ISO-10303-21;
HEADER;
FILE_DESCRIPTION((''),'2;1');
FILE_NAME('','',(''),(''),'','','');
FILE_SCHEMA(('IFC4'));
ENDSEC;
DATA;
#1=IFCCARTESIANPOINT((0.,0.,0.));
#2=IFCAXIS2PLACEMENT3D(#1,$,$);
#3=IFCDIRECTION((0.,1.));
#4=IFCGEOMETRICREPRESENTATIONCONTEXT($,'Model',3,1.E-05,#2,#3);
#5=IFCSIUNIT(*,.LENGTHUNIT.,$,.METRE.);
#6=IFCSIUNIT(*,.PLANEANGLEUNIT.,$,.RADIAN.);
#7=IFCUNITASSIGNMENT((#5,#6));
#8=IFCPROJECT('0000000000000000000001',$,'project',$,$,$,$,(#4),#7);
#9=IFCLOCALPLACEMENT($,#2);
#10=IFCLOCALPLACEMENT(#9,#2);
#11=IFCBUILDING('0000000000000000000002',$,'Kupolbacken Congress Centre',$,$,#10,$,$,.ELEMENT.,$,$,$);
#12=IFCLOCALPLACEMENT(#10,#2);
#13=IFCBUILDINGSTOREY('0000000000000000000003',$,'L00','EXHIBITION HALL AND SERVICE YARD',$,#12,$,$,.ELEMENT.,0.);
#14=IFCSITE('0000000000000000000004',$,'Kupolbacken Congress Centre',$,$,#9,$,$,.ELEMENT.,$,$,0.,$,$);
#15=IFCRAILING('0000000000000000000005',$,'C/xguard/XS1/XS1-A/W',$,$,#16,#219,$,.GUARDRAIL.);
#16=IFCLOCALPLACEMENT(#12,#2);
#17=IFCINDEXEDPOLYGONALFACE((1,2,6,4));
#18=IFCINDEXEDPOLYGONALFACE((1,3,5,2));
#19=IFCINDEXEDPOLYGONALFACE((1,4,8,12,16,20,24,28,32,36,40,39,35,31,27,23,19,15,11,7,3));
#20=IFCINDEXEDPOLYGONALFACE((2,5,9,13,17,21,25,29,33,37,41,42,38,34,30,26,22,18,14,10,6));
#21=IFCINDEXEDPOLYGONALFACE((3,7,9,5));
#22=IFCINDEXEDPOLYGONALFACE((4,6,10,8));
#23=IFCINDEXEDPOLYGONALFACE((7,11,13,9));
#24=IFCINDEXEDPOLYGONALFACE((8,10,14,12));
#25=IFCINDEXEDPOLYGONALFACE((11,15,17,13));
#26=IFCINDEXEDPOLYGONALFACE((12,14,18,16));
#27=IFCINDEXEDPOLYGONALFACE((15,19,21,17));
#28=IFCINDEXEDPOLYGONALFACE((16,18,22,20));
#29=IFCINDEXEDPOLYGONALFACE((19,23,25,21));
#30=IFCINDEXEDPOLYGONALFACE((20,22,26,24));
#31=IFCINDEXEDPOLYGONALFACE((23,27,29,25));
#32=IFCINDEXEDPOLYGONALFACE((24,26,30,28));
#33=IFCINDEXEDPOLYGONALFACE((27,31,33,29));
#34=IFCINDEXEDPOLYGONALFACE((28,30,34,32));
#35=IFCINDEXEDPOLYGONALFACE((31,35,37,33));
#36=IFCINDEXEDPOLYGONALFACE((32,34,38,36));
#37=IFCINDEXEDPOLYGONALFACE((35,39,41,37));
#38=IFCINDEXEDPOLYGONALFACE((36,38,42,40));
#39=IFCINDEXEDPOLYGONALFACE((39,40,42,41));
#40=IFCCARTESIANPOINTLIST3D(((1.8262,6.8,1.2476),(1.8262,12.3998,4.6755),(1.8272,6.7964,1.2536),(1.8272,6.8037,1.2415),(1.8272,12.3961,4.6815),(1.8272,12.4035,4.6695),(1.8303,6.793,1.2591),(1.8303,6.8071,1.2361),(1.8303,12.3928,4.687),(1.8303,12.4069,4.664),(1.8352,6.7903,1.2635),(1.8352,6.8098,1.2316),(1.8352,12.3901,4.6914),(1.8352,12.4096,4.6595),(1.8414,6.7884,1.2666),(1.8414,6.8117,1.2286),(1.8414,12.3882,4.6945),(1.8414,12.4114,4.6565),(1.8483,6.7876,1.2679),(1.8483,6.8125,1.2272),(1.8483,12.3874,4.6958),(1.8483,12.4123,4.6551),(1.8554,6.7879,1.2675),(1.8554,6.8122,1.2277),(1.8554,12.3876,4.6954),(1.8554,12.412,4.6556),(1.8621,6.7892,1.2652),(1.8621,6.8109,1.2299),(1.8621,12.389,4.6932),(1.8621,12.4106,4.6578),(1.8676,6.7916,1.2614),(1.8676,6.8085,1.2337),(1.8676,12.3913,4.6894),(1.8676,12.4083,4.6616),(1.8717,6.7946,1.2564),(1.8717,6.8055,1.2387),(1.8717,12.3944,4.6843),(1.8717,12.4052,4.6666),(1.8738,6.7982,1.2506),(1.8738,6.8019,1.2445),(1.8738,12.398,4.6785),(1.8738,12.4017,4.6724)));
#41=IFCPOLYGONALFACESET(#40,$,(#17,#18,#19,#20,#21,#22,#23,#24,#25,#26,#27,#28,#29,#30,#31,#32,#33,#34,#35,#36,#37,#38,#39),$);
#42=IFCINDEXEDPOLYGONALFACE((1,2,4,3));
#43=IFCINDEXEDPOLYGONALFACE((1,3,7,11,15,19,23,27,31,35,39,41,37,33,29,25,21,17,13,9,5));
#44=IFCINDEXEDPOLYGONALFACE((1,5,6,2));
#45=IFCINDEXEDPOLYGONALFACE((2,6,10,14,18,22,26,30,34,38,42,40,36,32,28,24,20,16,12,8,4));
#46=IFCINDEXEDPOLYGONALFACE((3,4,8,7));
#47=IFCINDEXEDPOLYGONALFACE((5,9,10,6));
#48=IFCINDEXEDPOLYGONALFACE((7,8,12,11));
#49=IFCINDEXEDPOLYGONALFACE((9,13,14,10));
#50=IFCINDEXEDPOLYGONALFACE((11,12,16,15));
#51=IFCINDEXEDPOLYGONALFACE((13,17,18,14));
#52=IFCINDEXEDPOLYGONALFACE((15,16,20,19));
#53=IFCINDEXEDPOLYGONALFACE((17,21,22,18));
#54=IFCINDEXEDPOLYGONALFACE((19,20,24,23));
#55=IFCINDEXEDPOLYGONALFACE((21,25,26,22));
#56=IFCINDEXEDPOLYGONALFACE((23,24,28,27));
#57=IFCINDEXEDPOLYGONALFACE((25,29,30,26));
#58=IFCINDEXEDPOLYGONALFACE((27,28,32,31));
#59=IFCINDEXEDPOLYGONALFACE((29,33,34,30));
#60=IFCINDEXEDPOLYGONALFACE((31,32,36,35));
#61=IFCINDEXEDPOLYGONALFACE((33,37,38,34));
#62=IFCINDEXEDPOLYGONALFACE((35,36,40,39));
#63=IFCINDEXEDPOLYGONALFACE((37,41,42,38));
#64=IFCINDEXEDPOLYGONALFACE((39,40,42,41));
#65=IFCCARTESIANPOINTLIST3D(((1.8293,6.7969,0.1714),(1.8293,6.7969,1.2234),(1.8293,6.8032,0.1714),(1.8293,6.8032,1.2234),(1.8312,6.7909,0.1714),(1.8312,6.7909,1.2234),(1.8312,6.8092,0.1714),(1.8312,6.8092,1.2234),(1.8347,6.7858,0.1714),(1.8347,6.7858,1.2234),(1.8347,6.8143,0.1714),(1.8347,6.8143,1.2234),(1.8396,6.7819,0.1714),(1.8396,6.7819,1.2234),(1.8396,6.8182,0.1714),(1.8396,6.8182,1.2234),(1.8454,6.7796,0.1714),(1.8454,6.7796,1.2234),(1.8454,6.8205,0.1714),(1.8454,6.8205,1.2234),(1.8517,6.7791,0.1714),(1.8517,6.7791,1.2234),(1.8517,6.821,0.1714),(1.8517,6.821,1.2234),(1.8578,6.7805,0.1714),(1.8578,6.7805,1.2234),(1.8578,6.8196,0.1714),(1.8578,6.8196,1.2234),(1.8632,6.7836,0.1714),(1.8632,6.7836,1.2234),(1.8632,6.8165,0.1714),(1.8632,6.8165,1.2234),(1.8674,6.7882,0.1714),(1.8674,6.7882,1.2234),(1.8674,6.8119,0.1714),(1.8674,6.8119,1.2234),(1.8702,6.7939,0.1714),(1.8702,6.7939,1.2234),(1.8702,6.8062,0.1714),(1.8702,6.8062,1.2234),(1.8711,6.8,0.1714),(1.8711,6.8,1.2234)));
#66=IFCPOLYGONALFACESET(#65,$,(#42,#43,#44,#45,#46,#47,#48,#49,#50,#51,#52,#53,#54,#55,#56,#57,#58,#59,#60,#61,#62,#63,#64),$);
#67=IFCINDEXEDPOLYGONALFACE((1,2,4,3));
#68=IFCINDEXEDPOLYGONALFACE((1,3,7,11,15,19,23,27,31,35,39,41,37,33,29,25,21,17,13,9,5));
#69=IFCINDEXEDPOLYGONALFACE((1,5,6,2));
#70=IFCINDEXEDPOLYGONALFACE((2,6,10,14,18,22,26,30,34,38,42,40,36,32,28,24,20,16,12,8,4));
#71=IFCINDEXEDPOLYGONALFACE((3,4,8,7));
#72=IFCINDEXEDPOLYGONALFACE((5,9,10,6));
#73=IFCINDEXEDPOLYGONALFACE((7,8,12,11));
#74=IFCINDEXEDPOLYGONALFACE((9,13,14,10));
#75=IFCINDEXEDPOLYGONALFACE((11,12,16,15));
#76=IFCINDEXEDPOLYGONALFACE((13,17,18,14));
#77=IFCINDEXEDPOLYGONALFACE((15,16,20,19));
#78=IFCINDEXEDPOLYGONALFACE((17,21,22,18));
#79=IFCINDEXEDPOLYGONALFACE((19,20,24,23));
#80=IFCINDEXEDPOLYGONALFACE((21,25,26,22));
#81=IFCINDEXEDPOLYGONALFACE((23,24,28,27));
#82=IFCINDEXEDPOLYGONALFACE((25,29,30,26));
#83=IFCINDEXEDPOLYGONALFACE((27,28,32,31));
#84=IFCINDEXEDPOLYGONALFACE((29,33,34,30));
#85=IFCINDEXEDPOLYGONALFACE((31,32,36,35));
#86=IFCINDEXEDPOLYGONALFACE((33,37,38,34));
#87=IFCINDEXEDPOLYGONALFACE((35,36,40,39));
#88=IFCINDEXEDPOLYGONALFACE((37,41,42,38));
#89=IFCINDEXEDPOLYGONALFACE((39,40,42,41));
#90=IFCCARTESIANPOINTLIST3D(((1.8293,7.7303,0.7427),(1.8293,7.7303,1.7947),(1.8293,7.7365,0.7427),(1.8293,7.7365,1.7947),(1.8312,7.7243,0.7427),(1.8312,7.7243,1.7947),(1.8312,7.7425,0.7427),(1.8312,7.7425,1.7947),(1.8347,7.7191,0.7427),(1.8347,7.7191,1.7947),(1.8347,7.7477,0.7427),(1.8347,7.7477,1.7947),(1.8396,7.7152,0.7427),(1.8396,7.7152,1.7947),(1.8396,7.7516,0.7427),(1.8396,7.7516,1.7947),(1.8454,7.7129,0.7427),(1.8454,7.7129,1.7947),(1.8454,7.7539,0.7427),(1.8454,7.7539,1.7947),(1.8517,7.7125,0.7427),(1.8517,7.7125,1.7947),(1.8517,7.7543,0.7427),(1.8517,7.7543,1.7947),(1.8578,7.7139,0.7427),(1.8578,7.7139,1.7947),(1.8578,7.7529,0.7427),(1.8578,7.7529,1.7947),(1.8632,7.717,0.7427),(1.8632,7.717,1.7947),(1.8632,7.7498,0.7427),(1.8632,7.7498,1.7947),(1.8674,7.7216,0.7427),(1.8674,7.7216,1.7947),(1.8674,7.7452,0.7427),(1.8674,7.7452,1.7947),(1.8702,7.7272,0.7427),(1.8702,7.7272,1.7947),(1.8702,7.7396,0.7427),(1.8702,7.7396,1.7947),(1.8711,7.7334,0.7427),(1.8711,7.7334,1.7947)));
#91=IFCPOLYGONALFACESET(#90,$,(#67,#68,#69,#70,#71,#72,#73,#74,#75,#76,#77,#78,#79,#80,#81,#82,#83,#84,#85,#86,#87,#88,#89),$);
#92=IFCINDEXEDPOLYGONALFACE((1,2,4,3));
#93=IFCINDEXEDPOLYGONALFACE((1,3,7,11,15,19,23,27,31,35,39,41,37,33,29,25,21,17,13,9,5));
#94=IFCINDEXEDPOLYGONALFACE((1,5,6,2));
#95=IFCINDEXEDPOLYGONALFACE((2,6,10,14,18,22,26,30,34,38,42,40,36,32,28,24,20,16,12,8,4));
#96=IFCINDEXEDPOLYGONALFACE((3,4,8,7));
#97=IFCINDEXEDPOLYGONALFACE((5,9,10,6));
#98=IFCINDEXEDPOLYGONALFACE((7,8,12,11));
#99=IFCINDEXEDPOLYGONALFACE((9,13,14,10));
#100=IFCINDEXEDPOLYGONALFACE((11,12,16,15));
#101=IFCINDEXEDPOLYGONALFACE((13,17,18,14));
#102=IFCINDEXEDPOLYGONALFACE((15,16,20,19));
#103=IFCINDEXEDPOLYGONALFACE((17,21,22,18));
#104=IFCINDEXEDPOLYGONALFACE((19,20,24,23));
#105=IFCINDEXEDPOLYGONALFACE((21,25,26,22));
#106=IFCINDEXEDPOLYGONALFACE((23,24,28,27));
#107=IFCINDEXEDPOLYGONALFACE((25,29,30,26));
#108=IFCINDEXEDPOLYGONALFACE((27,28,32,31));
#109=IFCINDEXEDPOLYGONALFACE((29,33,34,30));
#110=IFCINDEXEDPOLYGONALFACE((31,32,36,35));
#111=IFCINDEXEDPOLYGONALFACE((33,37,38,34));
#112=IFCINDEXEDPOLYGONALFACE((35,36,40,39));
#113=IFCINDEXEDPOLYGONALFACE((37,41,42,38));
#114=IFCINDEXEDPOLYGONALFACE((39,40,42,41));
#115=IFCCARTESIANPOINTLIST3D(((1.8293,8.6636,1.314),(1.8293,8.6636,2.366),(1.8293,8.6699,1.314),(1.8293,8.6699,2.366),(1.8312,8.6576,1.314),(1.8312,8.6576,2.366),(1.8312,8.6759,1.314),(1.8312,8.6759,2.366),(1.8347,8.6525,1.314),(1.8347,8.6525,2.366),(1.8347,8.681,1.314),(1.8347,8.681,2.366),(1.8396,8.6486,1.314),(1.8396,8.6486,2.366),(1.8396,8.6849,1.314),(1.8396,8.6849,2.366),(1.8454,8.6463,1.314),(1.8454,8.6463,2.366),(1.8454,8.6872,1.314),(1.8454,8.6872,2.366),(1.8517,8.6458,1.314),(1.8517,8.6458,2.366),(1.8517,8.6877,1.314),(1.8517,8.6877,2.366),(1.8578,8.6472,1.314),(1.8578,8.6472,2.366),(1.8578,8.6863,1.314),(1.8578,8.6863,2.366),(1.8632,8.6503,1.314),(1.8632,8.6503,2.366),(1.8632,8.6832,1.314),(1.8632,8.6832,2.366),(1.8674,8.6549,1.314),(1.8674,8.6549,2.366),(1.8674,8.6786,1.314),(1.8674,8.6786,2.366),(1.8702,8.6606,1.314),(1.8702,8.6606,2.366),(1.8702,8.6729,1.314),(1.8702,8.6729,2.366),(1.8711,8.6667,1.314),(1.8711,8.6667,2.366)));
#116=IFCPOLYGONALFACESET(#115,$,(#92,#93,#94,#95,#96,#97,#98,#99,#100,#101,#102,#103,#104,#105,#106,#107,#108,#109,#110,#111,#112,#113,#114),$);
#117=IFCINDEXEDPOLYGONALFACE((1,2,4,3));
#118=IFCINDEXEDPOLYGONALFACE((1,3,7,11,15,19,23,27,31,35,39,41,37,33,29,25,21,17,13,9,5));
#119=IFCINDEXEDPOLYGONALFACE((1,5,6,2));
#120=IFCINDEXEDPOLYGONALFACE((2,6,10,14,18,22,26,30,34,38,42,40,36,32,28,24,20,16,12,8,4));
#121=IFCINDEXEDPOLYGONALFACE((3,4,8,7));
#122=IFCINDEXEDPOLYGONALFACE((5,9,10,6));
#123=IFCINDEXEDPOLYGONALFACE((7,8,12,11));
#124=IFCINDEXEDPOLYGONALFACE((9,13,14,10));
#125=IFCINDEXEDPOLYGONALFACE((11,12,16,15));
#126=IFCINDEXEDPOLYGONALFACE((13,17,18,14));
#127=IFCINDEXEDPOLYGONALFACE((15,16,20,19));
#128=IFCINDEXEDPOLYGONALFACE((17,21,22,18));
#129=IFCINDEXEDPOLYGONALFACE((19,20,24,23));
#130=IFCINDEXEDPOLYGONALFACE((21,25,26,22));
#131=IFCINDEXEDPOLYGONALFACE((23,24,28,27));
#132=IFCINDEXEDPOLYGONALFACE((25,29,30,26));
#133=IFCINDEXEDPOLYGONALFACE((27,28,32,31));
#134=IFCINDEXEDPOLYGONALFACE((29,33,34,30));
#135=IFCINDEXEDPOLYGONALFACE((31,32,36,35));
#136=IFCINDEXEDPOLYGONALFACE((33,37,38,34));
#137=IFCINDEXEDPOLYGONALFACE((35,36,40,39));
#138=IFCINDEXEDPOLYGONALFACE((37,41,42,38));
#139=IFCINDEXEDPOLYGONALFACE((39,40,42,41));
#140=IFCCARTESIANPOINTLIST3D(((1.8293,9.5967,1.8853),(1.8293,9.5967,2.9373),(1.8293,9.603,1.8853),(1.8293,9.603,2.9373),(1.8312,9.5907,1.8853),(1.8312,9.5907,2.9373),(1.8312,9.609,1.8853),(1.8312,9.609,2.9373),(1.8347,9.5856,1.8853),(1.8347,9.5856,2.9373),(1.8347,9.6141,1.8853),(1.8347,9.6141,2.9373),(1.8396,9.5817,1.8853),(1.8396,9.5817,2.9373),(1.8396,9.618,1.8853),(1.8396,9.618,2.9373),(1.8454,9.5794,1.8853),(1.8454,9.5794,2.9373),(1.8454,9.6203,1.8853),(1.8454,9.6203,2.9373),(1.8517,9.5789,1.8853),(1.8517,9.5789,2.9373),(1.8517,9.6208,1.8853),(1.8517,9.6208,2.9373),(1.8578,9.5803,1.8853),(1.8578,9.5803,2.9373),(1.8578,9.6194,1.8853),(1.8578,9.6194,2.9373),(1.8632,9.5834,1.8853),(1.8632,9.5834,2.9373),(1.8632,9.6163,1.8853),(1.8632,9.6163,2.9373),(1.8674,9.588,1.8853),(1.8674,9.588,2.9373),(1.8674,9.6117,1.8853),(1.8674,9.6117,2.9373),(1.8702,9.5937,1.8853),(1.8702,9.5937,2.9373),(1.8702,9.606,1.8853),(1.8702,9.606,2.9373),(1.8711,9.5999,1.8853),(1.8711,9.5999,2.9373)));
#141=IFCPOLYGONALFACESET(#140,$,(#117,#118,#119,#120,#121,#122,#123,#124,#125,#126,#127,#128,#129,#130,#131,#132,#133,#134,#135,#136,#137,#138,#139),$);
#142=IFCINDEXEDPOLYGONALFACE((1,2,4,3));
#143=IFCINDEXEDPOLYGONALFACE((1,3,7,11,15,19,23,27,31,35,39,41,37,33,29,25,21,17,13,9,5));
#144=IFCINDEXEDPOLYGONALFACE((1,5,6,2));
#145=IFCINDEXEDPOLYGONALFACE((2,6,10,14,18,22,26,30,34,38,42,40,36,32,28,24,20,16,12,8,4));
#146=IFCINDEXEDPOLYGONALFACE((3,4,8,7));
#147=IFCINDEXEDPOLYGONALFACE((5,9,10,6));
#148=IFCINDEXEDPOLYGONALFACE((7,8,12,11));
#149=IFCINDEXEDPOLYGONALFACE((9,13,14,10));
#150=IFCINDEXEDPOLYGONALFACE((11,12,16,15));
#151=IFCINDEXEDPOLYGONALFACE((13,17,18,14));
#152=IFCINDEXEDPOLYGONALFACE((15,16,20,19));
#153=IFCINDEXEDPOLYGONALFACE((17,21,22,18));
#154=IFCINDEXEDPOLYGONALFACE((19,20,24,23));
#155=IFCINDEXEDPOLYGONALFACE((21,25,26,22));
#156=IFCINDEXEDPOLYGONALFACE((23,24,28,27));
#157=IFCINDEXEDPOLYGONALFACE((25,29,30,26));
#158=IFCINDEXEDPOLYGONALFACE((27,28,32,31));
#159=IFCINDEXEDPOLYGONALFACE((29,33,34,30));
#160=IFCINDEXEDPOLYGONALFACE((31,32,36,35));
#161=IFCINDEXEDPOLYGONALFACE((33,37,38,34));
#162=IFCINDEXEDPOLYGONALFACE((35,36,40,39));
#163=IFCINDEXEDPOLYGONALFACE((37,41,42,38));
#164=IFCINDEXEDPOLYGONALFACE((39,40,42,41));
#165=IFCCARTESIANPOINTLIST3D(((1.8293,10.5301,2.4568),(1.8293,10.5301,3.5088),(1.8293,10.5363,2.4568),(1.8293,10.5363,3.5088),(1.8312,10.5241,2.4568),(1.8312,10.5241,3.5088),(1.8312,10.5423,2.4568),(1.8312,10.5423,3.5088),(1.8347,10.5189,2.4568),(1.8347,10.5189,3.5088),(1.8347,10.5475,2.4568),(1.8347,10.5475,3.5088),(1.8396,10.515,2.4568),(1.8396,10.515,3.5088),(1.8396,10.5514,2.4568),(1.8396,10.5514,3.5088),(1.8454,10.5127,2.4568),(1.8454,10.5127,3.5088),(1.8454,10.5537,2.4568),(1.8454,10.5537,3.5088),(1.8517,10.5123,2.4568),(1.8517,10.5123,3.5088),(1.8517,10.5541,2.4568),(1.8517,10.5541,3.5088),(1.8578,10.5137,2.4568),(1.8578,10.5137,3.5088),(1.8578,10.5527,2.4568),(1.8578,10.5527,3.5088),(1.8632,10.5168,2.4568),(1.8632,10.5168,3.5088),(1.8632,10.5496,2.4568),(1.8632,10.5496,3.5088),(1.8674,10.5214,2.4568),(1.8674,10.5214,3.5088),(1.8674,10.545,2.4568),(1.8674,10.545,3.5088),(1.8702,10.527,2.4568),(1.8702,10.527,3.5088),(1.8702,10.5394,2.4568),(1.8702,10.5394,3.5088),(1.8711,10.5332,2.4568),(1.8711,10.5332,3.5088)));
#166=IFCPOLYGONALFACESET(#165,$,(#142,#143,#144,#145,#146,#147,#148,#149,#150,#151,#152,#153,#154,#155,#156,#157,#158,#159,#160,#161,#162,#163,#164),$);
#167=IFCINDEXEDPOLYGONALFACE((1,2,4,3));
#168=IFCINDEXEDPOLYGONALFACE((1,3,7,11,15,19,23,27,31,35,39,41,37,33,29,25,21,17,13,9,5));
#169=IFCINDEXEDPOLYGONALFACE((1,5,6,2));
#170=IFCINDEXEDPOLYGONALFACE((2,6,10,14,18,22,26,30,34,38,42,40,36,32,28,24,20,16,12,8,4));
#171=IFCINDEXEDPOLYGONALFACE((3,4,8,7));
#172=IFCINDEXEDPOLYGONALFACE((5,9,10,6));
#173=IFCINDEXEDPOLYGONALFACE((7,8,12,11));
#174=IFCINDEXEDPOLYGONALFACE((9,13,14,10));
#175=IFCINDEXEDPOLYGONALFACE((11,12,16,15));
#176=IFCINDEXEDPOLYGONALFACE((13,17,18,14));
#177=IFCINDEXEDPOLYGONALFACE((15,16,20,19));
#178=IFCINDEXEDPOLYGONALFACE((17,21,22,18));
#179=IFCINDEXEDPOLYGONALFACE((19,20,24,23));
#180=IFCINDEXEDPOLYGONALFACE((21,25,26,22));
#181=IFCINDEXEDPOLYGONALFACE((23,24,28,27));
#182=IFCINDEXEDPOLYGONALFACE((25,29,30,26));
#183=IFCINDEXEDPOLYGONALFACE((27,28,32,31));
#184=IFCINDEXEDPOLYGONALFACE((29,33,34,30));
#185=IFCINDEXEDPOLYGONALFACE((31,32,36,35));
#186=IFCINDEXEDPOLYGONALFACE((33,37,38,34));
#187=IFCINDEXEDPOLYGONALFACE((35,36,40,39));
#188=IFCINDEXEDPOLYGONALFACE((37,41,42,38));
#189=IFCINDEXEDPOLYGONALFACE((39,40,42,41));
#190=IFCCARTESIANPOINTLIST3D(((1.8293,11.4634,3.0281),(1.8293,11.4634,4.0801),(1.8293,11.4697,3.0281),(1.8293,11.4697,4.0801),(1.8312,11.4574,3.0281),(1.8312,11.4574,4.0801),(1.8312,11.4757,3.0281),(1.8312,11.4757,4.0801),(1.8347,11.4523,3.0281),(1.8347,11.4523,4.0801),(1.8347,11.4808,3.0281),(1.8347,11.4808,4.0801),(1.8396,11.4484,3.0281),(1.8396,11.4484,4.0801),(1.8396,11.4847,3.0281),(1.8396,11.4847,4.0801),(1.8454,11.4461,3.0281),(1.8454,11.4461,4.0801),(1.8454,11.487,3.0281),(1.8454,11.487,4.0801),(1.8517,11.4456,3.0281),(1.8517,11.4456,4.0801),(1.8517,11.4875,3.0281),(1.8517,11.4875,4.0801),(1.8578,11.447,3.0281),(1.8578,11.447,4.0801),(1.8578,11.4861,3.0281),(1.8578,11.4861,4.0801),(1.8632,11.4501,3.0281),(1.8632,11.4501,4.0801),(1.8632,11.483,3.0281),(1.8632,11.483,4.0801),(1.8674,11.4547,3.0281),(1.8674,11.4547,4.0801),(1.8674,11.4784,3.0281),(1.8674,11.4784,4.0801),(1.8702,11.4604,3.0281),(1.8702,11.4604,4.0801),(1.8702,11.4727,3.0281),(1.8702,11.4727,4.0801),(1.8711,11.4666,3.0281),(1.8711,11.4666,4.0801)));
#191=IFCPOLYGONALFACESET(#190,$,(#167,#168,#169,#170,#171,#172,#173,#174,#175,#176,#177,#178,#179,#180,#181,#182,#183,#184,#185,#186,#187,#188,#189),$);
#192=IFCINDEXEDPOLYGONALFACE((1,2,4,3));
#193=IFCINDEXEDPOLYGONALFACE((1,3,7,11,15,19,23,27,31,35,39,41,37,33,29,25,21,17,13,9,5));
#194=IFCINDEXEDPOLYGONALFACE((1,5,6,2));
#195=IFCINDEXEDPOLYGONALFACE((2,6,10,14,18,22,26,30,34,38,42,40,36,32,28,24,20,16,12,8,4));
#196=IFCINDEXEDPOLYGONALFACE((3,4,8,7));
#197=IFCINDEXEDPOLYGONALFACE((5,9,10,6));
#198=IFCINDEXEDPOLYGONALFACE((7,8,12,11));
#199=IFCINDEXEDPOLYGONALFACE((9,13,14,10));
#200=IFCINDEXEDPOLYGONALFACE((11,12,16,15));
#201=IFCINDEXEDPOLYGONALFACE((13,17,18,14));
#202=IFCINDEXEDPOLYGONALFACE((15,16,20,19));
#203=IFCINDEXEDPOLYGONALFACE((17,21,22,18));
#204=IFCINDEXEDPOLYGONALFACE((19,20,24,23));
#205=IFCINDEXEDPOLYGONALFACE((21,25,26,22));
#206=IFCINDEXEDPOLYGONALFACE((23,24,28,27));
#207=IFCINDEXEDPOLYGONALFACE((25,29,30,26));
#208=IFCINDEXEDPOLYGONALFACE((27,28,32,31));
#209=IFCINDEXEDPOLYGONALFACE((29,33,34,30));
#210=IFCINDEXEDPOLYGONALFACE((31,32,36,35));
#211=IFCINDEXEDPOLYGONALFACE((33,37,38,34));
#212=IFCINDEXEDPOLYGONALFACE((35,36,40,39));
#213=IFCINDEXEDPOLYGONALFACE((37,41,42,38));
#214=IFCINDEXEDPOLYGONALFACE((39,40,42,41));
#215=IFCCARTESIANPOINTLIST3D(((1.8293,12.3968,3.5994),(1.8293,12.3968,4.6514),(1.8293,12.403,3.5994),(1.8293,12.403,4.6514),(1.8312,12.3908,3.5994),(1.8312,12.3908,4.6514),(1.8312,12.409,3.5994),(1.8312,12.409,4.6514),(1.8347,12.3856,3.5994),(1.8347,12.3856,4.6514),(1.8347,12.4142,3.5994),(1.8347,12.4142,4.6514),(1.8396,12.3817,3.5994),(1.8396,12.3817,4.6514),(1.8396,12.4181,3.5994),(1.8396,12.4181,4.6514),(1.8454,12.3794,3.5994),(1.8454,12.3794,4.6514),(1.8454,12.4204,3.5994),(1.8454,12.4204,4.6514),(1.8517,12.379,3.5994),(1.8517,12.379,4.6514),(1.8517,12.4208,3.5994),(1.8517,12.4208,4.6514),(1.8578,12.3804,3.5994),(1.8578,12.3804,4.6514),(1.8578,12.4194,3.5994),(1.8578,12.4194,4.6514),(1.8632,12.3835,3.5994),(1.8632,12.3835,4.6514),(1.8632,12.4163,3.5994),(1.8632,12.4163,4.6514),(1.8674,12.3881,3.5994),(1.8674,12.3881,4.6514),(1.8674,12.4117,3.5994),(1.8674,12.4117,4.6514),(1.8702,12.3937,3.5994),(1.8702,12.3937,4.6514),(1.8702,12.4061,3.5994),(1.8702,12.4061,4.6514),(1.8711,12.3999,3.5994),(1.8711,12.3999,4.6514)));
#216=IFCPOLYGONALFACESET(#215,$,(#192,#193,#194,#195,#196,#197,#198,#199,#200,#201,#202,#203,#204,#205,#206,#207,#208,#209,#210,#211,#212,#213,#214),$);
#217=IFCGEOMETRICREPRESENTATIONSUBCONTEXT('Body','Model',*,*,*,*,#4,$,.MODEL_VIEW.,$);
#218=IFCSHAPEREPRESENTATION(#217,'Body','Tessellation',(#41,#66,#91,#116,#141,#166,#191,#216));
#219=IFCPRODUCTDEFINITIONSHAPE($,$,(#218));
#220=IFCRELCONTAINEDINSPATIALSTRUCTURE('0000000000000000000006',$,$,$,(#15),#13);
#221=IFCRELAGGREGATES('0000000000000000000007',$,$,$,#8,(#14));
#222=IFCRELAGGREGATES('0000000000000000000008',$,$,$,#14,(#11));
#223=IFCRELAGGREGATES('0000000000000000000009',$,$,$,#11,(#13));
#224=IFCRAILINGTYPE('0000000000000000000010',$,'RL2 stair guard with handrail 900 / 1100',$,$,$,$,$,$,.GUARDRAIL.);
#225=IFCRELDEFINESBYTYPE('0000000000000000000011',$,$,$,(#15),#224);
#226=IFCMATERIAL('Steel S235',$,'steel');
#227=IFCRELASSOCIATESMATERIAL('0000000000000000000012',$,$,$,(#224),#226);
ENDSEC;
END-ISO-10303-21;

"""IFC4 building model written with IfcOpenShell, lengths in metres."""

from ifc_helpers import new_model, si_unit, direction, frame, origin, origin_2d, place, context, subcontext, project, spatial, circle, extrude, material, type_object, element, save


model = new_model("IFC4")

# Units and contexts
model_context = context("Model", 3, precision=1e-05, world=origin(), true_north=direction((0.0, 1.0)))
body_context = subcontext(model_context, "Body", "Model", "MODEL_VIEW")
ifc_project = project(units=[si_unit("LENGTHUNIT", "METRE"), si_unit("PLANEANGLEUNIT", "RADIAN")], contexts=[model_context])

# Site, building, storey
site_placement = place(None, origin())
site = spatial("IfcSite", under=ifc_project, at=site_placement, Name="Kupolbacken Congress Centre", CompositionType="ELEMENT", RefElevation=0.0)
building_placement = place(site_placement, origin())
building = spatial("IfcBuilding", under=site, at=building_placement, Name="Kupolbacken Congress Centre", CompositionType="ELEMENT")
storey_placement = place(building_placement, origin())
storey = spatial("IfcBuildingStorey", under=building, at=storey_placement, Name="L00", Description="EXHIBITION HALL AND SERVICE YARD", CompositionType="ELEMENT", Elevation=0.0)

# Railing
ifc_material_1 = material(Name="Steel S235", Category="steel")
railing_type = type_object("IfcRailingType", Name="RL2 stair guard with handrail 900 / 1100", PredefinedType="GUARDRAIL", material=ifc_material_1)
for number, where, name in (
    (1, (1.8501, 6.8, 0.1714), "C/xguard/XS1/XS1-A/W"),
):
    element("IfcRailing", number, at=place(storey_placement, frame(where)), inside=storey, type_object=railing_type, Name=name, PredefinedType="GUARDRAIL", context=body_context, shape_type="SweptSolid", body=[
        extrude(circle(Radius=0.0239, at=origin_2d()), frame((0.0, 0.0, 1.0762), z_axis=(0.0, 0.852885, 0.522098), x_axis=(-1.0, 0.0, 0.0)), (0.0, 0.0, 1.0), 6.5657),
        extrude(circle(Radius=0.021, at=origin_2d()), origin(), (0.0, 0.0, 1.0), 1.052),
        extrude(circle(Radius=0.021, at=origin_2d()), frame((0.0, 0.9333, 0.5713)), (0.0, 0.0, 1.0), 1.052),
        extrude(circle(Radius=0.021, at=origin_2d()), frame((0.0, 1.8667, 1.1426)), (0.0, 0.0, 1.0), 1.052),
        extrude(circle(Radius=0.021, at=origin_2d()), frame((0.0, 2.7998, 1.7139)), (0.0, 0.0, 1.0), 1.052),
        extrude(circle(Radius=0.021, at=origin_2d()), frame((0.0, 3.7332, 2.2854)), (0.0, 0.0, 1.0), 1.052),
        extrude(circle(Radius=0.021, at=origin_2d()), frame((0.0, 4.6665, 2.8567)), (0.0, 0.0, 1.0), 1.052),
        extrude(circle(Radius=0.021, at=origin_2d()), frame((0.0, 5.5999, 3.428)), (0.0, 0.0, 1.0), 1.052),
    ])

save(model, "model.ifc")
